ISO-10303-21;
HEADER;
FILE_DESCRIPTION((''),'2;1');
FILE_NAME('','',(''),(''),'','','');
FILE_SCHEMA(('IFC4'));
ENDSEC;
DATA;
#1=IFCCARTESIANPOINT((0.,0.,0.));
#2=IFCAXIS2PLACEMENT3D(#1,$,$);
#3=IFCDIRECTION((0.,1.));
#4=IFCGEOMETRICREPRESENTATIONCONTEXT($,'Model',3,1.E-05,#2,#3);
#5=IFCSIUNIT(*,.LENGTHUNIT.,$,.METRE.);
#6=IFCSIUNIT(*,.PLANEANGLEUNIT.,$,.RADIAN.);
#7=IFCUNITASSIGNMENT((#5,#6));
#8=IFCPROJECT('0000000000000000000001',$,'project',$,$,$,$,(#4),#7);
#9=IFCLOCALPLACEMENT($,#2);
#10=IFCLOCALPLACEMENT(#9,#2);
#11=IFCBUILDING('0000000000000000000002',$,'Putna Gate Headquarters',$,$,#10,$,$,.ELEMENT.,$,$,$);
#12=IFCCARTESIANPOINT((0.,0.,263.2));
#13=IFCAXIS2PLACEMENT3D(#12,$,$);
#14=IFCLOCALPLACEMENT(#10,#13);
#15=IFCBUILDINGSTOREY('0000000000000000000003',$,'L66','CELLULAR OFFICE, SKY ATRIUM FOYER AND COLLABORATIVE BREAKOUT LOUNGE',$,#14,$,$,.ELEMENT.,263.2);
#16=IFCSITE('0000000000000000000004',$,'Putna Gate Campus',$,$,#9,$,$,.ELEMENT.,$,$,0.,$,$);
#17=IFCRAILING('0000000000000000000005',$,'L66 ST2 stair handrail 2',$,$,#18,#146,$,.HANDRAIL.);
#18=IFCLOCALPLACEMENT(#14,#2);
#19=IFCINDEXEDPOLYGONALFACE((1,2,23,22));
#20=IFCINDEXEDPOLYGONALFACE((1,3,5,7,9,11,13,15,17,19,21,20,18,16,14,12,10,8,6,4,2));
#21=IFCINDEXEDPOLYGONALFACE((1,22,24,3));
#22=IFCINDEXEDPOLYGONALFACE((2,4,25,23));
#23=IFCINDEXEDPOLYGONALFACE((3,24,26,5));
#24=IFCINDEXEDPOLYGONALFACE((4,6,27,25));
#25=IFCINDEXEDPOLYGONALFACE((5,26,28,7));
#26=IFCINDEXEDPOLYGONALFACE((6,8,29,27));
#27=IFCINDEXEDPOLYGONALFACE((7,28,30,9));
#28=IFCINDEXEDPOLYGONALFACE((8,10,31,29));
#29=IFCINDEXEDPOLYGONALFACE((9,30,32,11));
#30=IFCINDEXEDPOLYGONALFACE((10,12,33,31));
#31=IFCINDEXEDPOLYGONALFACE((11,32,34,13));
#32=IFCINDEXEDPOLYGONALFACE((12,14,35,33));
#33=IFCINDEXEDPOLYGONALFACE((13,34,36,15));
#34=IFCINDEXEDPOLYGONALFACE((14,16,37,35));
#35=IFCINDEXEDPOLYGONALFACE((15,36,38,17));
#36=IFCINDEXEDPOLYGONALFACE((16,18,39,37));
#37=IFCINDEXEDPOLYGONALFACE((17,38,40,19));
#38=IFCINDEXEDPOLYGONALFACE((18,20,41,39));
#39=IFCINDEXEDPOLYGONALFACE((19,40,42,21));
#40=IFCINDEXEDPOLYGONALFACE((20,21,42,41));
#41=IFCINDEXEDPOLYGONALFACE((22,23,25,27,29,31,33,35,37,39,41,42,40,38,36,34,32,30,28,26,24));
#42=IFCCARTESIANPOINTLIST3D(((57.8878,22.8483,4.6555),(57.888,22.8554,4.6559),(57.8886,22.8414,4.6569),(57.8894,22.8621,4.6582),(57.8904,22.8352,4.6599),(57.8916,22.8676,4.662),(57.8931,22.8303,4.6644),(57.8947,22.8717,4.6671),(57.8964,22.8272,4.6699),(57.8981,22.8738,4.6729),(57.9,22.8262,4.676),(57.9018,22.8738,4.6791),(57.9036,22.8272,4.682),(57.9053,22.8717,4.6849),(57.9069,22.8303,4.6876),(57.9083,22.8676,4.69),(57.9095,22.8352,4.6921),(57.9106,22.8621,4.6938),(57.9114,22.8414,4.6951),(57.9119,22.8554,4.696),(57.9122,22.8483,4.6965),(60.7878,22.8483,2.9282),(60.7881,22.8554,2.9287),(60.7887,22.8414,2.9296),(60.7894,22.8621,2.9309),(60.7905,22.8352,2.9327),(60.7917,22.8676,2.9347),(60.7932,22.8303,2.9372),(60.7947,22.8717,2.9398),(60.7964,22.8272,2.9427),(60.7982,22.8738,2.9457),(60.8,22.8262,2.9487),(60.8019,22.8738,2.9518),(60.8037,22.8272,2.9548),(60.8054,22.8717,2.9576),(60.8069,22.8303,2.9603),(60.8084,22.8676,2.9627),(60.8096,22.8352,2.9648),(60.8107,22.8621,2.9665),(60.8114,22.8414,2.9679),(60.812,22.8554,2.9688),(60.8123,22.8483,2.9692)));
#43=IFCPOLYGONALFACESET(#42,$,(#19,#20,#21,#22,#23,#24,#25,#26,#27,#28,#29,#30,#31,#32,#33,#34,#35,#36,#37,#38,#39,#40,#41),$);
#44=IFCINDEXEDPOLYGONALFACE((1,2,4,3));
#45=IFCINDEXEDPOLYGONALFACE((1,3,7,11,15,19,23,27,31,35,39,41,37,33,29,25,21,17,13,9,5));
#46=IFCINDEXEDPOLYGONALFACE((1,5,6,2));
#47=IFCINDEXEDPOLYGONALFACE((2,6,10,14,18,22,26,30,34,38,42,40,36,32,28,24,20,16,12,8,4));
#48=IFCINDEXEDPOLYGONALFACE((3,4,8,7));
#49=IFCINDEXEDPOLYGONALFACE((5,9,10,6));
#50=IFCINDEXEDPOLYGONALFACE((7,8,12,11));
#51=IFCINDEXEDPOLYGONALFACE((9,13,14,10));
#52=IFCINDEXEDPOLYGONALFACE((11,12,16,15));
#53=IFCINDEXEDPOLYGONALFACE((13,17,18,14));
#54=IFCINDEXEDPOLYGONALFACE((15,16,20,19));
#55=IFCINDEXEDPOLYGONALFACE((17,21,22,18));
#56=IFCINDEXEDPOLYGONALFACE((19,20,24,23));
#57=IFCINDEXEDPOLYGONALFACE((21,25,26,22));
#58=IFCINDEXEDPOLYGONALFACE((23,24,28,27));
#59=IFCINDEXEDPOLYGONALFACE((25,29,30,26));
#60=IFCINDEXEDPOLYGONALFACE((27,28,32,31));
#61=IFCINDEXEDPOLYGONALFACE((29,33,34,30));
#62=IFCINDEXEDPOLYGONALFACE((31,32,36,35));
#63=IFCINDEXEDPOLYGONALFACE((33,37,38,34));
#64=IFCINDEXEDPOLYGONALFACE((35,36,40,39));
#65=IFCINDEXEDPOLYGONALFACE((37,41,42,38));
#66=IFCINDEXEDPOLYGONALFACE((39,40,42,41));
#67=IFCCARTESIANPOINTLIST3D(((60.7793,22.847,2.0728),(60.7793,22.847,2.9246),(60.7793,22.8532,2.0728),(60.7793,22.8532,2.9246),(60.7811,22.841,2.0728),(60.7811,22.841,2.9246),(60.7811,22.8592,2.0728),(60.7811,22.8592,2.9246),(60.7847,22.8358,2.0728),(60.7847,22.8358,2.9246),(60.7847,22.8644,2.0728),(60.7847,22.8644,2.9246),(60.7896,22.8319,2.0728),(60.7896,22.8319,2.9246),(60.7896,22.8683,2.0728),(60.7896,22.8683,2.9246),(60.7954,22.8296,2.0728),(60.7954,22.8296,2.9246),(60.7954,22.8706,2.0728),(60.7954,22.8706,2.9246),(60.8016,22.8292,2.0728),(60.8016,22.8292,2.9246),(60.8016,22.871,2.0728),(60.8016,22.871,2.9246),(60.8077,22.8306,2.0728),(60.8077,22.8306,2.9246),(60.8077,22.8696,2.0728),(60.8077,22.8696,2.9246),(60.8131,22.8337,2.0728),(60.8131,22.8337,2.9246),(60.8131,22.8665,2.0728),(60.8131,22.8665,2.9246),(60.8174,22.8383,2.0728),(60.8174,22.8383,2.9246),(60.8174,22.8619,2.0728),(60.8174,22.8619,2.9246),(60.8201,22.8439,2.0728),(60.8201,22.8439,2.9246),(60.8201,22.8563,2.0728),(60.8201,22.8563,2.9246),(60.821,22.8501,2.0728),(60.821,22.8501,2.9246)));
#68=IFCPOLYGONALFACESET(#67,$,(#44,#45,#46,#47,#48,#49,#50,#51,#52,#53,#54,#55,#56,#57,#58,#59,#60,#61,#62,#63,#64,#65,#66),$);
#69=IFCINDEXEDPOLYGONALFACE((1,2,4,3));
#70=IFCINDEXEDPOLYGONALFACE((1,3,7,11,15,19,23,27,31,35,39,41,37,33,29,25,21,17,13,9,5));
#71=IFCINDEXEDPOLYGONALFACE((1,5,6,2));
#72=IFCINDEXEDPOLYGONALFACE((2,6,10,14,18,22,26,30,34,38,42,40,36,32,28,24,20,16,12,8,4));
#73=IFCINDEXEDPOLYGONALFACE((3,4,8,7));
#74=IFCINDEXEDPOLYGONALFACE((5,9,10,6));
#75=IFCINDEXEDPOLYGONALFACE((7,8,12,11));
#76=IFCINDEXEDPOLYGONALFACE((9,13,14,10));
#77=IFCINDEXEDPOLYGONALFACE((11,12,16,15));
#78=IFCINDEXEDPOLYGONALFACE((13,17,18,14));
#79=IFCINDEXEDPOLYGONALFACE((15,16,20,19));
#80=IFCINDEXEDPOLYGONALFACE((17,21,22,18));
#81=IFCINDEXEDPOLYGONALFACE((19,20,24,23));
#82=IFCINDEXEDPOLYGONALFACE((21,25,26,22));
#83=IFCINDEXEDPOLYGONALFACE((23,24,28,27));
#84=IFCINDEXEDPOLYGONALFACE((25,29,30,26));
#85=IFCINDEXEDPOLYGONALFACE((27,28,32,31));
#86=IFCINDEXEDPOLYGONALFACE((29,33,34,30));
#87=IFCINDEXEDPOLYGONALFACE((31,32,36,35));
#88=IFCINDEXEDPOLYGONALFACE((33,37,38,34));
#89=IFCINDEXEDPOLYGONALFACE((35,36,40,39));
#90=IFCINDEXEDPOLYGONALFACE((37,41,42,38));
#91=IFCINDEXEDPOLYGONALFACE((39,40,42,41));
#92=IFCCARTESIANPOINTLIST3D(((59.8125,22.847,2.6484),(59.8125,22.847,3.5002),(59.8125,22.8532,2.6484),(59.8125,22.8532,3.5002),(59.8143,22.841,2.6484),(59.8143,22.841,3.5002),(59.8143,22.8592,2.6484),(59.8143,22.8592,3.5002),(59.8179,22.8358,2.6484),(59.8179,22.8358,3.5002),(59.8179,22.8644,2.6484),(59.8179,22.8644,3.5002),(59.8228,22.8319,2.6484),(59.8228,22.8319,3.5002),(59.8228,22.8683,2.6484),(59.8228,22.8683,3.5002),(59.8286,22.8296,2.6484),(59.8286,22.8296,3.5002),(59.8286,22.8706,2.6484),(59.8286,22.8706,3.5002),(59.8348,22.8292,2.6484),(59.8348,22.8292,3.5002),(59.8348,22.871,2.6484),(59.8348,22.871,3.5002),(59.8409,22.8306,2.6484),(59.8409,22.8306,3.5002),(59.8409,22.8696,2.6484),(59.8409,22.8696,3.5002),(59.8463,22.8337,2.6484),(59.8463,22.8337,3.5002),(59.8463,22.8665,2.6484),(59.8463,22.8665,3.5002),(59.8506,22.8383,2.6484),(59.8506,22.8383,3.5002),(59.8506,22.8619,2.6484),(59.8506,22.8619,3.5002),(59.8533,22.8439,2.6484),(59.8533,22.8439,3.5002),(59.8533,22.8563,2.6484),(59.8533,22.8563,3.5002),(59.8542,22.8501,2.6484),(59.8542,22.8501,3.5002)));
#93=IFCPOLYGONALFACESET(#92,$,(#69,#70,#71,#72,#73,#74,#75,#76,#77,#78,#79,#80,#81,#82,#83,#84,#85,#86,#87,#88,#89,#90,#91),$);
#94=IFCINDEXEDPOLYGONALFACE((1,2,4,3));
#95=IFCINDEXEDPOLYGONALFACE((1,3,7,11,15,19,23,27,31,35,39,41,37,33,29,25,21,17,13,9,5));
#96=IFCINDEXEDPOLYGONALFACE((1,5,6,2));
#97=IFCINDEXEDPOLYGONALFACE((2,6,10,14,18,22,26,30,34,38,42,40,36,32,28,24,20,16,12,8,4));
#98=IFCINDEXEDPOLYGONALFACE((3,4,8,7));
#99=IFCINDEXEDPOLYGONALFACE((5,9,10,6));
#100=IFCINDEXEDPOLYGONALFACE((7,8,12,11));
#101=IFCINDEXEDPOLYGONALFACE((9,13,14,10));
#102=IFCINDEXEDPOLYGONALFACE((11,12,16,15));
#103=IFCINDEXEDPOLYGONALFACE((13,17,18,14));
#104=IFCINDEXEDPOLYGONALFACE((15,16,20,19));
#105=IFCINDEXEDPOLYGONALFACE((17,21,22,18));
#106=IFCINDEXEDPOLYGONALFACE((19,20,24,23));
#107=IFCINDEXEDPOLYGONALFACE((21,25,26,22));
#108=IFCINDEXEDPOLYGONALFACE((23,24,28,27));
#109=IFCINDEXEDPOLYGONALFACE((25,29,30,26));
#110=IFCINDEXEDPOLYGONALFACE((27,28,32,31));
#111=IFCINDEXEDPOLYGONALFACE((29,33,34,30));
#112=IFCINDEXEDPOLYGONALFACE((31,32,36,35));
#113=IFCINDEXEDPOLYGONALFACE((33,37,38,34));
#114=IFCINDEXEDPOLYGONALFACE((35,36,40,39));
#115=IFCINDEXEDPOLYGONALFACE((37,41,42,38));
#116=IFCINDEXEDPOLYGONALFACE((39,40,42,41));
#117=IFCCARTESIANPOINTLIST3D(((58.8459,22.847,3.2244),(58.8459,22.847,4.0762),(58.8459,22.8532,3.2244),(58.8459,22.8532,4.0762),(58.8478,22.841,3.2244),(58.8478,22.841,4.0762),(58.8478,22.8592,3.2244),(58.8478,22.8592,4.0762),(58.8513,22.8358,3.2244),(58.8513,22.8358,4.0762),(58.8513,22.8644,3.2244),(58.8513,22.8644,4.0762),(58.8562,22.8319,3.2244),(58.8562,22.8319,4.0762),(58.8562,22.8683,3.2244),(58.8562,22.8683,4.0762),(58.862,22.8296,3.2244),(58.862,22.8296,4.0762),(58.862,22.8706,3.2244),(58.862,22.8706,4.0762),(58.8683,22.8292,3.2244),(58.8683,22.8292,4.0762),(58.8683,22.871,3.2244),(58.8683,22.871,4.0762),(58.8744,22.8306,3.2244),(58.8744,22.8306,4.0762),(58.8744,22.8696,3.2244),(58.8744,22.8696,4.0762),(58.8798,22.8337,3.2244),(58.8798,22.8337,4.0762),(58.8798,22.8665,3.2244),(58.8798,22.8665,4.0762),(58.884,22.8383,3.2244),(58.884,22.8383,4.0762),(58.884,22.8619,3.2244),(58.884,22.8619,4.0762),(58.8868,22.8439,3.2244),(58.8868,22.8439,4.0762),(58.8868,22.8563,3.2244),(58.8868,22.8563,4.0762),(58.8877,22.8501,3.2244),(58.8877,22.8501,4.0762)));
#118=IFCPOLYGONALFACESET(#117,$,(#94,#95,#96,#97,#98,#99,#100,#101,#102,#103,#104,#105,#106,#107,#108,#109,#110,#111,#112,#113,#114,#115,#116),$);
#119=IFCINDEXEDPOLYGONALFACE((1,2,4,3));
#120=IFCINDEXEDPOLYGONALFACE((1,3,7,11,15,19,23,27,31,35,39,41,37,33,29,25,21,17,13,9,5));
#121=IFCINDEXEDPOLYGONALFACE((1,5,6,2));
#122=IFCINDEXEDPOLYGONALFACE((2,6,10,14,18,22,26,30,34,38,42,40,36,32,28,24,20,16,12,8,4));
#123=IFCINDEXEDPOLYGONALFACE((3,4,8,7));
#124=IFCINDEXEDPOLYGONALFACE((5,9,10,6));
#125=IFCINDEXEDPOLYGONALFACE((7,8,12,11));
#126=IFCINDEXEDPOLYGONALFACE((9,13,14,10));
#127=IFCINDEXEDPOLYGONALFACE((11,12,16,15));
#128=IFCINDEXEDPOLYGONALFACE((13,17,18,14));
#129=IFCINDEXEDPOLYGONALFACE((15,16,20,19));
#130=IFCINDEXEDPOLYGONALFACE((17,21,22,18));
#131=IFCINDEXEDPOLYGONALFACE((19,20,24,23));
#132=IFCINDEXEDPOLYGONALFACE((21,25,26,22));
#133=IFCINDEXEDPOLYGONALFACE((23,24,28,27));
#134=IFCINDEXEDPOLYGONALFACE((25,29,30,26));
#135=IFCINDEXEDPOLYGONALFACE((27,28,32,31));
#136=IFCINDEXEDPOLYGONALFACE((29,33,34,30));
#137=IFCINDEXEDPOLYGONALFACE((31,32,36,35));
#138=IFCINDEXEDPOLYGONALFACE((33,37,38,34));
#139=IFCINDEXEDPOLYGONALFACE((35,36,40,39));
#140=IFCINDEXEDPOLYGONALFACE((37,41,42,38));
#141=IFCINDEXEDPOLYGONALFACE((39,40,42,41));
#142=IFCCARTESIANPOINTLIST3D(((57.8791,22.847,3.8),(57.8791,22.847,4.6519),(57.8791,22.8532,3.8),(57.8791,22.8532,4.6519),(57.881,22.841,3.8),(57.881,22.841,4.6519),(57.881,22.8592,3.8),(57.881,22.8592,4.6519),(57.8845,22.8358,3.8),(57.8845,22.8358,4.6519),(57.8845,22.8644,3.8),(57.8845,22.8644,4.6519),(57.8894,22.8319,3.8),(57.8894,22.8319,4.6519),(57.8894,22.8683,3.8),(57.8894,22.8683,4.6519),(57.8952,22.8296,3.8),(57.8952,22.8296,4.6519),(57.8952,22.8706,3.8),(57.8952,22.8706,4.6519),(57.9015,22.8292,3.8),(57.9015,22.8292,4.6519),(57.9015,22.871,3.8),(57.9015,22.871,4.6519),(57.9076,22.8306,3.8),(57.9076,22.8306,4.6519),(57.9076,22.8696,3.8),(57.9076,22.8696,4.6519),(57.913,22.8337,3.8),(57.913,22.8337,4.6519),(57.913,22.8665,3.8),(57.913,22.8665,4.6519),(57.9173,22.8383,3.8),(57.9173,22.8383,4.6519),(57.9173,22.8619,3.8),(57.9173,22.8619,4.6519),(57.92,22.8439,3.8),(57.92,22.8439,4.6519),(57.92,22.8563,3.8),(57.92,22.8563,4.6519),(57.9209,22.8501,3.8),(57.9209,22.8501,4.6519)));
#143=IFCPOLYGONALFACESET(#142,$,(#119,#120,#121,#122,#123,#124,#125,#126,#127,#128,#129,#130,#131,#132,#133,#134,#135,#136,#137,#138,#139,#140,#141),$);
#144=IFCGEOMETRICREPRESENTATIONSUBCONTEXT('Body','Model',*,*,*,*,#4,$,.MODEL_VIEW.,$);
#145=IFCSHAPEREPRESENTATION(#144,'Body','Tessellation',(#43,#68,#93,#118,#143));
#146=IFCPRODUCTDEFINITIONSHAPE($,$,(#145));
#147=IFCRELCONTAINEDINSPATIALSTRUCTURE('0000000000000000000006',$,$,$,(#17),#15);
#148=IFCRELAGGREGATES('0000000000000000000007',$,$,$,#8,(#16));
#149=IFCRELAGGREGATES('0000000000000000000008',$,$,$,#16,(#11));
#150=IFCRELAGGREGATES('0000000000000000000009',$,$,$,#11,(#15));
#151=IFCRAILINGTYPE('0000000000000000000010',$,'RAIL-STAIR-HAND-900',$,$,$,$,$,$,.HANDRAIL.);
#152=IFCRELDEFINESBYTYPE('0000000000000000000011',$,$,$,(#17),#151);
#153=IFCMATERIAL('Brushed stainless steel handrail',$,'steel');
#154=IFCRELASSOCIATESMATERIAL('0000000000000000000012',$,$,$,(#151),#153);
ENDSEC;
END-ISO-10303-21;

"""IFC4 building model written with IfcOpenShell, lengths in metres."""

from ifc_helpers import new_model, si_unit, direction, frame, origin, origin_2d, place, context, subcontext, project, spatial, circle, extrude, material, type_object, element, save


model = new_model("IFC4")

# Units and contexts
model_context = context("Model", 3, precision=1e-05, world=origin(), true_north=direction((0.0, 1.0)))
body_context = subcontext(model_context, "Body", "Model", "MODEL_VIEW")
ifc_project = project(units=[si_unit("LENGTHUNIT", "METRE"), si_unit("PLANEANGLEUNIT", "RADIAN")], contexts=[model_context])

# Site, building, storey
site_placement = place(None, origin())
site = spatial("IfcSite", under=ifc_project, at=site_placement, Name="Putna Gate Campus", CompositionType="ELEMENT", RefElevation=0.0)
building_placement = place(site_placement, origin())
building = spatial("IfcBuilding", under=site, at=building_placement, Name="Putna Gate Headquarters", CompositionType="ELEMENT")
storey_placement = place(building_placement, frame((0.0, 0.0, 263.2)))
storey = spatial("IfcBuildingStorey", under=building, at=storey_placement, Name="L66", Description="CELLULAR OFFICE, SKY ATRIUM FOYER AND COLLABORATIVE BREAKOUT LOUNGE", CompositionType="ELEMENT", Elevation=263.2)

# Railing
ifc_material_1 = material(Name="Brushed stainless steel handrail", Category="steel")
railing_type_1 = type_object("IfcRailingType", Name="RAIL-STAIR-HAND-900", PredefinedType="HANDRAIL", material=ifc_material_1)
railing_1_placement = place(storey_placement, frame((60.8, 22.8501, 2.0728)))
element("IfcRailing", 1, at=railing_1_placement, inside=storey, type_object=railing_type_1, Name="L66 ST2 stair handrail 2", PredefinedType="HANDRAIL", context=body_context, shape_type="SweptSolid", body=[
    extrude(circle(Radius=0.0239, at=origin_2d()), frame((0.0, 0.0, 0.876), z_axis=(-0.85916, 0.0, 0.511706), x_axis=(0.0, -1.0, 0.0)), (0.0, 0.0, 1.0), 3.3755),
    extrude(circle(Radius=0.021, at=origin_2d()), origin(), (0.0, 0.0, 1.0), 0.8518),
    extrude(circle(Radius=0.021, at=origin_2d()), frame((-0.9668, 0.0, 0.5757)), (0.0, 0.0, 1.0), 0.8518),
    extrude(circle(Radius=0.021, at=origin_2d()), frame((-1.9333, 0.0, 1.1516)), (0.0, 0.0, 1.0), 0.8518),
    extrude(circle(Radius=0.021, at=origin_2d()), frame((-2.9001, 0.0, 1.7273)), (0.0, 0.0, 1.0), 0.8518),
])

save(model, "model.ifc")
